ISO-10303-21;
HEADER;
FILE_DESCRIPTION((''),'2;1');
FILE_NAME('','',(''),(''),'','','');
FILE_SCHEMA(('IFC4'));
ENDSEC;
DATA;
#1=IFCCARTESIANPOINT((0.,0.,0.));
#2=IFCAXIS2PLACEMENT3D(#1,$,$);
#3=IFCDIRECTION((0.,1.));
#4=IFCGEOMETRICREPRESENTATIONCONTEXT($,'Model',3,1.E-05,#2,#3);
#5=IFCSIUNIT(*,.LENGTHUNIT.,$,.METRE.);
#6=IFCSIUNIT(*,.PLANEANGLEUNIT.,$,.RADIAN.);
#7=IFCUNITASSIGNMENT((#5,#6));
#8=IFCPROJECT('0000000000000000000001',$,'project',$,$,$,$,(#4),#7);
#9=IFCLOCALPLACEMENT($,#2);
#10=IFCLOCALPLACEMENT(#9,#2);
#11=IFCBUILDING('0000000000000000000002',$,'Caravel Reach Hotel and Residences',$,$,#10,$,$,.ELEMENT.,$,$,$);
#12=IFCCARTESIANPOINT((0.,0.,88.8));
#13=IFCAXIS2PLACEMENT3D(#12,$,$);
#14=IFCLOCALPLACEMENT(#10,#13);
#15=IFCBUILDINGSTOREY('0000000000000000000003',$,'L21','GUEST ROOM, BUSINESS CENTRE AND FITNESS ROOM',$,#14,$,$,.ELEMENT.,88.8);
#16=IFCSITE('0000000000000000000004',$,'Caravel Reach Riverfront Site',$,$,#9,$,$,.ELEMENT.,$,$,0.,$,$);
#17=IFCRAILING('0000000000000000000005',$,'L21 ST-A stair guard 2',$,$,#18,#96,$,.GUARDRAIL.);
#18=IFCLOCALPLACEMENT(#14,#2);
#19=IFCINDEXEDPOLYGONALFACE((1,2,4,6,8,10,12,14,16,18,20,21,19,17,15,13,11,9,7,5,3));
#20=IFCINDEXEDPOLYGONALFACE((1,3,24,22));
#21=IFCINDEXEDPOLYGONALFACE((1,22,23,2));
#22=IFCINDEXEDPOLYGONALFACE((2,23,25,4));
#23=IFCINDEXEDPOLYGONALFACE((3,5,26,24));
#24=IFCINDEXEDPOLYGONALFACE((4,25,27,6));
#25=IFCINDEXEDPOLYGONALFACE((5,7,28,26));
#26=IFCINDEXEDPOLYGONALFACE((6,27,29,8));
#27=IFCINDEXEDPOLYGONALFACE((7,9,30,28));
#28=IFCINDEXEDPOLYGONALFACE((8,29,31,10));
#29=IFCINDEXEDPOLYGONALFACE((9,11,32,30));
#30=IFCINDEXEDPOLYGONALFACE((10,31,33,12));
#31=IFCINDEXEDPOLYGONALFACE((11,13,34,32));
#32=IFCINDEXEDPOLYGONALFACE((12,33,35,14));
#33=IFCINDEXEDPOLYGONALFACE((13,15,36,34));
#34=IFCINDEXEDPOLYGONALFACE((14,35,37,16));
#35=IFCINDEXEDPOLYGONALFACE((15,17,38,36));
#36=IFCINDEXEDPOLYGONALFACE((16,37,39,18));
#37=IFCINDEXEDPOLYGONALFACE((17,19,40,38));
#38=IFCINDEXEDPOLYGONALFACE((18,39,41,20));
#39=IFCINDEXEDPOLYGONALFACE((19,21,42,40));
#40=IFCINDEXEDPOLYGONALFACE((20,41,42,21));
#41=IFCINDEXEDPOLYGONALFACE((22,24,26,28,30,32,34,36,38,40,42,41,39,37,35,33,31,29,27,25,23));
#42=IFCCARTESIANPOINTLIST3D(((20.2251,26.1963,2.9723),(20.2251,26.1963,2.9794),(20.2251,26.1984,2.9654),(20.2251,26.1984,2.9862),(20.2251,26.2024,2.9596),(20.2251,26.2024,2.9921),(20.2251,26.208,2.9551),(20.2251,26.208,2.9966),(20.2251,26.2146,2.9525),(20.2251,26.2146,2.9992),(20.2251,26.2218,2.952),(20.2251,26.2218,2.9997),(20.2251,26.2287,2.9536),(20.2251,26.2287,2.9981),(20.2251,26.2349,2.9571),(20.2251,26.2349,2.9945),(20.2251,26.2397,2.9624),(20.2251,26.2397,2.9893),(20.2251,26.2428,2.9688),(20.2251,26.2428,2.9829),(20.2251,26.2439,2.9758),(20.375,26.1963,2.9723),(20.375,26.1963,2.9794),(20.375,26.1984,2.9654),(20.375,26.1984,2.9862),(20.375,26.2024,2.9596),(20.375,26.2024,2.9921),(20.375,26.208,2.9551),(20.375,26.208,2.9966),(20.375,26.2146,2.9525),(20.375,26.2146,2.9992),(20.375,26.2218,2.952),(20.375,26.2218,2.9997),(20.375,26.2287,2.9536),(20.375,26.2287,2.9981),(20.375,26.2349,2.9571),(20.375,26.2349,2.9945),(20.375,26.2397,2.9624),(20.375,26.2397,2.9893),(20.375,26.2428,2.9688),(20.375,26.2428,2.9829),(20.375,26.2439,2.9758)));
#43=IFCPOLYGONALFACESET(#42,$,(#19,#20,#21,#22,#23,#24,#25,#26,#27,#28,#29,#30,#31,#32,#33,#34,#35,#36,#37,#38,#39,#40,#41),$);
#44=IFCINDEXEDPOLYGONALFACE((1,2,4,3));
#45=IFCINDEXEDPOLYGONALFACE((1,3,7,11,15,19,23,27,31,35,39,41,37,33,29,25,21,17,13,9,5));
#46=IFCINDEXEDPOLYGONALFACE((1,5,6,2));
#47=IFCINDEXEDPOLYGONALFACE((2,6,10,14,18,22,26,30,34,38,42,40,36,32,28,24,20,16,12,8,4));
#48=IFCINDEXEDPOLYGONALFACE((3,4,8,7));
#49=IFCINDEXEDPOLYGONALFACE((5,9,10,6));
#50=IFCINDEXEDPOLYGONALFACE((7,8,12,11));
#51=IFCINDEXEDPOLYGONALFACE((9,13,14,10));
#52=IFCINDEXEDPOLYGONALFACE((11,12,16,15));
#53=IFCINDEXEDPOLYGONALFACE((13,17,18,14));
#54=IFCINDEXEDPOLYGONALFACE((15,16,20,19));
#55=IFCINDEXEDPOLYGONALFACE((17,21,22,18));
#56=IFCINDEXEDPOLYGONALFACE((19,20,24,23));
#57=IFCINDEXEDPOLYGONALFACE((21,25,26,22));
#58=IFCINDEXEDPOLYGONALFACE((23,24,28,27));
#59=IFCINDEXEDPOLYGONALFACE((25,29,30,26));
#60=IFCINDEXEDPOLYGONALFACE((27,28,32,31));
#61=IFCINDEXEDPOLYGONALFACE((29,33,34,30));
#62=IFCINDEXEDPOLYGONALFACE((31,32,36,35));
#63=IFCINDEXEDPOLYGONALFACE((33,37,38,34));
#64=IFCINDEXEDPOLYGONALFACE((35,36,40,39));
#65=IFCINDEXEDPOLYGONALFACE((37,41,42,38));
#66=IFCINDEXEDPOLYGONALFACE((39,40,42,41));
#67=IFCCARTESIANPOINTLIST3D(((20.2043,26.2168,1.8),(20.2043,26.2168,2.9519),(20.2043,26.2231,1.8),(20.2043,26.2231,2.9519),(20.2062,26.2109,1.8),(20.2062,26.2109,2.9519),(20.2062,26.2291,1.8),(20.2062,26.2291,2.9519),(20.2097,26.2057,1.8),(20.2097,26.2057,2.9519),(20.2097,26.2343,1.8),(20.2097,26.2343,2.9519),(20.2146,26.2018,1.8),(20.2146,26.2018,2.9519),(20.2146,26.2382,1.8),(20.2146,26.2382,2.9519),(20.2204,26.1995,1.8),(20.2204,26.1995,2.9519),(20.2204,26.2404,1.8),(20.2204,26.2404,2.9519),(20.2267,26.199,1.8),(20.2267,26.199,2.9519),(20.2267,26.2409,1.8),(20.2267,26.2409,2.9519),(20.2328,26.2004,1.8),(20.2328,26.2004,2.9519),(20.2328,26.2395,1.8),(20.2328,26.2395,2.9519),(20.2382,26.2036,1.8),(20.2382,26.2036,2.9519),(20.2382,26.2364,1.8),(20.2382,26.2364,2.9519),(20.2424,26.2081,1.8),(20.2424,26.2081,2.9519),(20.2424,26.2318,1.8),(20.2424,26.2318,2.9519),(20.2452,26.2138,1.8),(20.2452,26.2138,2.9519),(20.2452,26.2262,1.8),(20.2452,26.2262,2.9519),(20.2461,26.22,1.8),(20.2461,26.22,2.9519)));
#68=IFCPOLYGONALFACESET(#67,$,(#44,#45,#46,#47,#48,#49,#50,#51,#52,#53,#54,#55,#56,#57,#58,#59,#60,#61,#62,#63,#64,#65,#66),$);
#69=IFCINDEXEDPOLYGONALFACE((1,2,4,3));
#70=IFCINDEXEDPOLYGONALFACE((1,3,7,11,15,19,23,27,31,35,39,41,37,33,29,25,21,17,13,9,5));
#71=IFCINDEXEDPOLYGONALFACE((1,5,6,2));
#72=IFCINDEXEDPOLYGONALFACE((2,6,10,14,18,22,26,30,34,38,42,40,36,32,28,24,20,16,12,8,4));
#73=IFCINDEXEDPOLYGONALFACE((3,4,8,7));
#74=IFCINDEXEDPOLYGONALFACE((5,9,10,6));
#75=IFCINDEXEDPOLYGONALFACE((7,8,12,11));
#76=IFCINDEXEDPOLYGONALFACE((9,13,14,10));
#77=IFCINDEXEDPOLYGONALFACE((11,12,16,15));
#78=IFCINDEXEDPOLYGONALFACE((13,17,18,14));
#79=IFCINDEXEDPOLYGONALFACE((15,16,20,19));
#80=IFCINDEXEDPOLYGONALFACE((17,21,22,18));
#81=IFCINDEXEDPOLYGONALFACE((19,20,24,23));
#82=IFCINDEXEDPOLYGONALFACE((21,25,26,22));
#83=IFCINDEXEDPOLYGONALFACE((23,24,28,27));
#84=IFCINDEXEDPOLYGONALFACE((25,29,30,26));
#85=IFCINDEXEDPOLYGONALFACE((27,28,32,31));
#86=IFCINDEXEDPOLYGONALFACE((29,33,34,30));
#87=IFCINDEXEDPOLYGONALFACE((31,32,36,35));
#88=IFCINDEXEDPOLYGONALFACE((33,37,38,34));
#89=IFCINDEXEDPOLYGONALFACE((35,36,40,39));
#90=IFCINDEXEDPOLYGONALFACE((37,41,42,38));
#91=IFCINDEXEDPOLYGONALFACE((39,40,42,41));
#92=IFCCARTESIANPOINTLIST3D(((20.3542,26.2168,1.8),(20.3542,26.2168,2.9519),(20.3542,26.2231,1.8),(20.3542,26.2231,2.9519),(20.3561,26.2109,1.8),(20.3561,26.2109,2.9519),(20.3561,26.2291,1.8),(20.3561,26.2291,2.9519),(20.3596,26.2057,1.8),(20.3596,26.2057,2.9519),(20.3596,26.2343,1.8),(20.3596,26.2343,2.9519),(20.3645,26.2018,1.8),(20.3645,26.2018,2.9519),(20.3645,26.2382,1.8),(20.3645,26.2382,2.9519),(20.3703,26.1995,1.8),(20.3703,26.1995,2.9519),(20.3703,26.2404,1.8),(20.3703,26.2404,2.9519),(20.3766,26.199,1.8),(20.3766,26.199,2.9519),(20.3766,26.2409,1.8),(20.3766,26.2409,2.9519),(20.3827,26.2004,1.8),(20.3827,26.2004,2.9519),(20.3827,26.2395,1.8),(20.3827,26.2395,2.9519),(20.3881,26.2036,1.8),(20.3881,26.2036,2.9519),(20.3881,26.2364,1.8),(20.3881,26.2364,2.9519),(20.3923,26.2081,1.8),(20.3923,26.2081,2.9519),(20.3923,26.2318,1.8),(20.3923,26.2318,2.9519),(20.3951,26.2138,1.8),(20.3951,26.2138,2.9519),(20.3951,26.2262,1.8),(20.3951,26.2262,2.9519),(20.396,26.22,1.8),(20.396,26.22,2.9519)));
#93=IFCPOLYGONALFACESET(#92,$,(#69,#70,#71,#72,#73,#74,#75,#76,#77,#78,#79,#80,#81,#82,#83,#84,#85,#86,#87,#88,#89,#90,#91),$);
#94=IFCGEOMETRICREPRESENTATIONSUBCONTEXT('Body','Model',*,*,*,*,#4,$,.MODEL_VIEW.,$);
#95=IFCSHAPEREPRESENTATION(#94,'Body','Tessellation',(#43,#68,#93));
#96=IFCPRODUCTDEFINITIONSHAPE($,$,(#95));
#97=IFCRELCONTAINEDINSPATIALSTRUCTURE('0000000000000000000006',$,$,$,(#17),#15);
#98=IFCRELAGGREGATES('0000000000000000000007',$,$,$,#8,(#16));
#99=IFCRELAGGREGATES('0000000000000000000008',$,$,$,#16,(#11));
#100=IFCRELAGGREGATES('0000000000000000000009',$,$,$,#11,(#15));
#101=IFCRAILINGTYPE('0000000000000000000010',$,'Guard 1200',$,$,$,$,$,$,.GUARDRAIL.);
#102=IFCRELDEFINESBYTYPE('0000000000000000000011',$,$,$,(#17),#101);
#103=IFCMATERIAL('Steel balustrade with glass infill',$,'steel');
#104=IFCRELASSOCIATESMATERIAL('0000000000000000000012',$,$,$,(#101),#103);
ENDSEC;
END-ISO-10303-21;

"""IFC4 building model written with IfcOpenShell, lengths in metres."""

from ifc_helpers import new_model, si_unit, direction, frame, origin, origin_2d, place, context, subcontext, project, spatial, circle, extrude, material, type_object, element, save


model = new_model("IFC4")

# Units and contexts
model_context = context("Model", 3, precision=1e-05, world=origin(), true_north=direction((0.0, 1.0)))
body_context = subcontext(model_context, "Body", "Model", "MODEL_VIEW")
ifc_project = project(units=[si_unit("LENGTHUNIT", "METRE"), si_unit("PLANEANGLEUNIT", "RADIAN")], contexts=[model_context])

# Site, building, storey
site_placement = place(None, origin())
site = spatial("IfcSite", under=ifc_project, at=site_placement, Name="Caravel Reach Riverfront Site", CompositionType="ELEMENT", RefElevation=0.0)
building_placement = place(site_placement, origin())
building = spatial("IfcBuilding", under=site, at=building_placement, Name="Caravel Reach Hotel and Residences", CompositionType="ELEMENT")
storey_placement = place(building_placement, frame((0.0, 0.0, 88.8)))
storey = spatial("IfcBuildingStorey", under=building, at=storey_placement, Name="L21", Description="GUEST ROOM, BUSINESS CENTRE AND FITNESS ROOM", CompositionType="ELEMENT", Elevation=88.8)

# Railing
ifc_material_1 = material(Name="Steel balustrade with glass infill", Category="steel")
railing_type_1 = type_object("IfcRailingType", Name="Guard 1200", PredefinedType="GUARDRAIL", material=ifc_material_1)
railing_1_placement = place(storey_placement, frame((20.2251, 26.22, 1.8)))
element("IfcRailing", 1, at=railing_1_placement, inside=storey, type_object=railing_type_1, Name="L21 ST-A stair guard 2", PredefinedType="GUARDRAIL", context=body_context, shape_type="SweptSolid", body=[
    extrude(circle(Radius=0.0239, at=origin_2d()), frame((0.0, 0.0, 1.1758), z_axis=(1.0, 0.0, 0.0), x_axis=(0.0, 1.0, 0.0)), (0.0, 0.0, 1.0), 0.1499),
    extrude(circle(Radius=0.021, at=origin_2d()), origin(), (0.0, 0.0, 1.0), 1.1519),
    extrude(circle(Radius=0.021, at=origin_2d()), frame((0.1499, 0.0, 0.0)), (0.0, 0.0, 1.0), 1.1519),
])

save(model, "model.ifc")
